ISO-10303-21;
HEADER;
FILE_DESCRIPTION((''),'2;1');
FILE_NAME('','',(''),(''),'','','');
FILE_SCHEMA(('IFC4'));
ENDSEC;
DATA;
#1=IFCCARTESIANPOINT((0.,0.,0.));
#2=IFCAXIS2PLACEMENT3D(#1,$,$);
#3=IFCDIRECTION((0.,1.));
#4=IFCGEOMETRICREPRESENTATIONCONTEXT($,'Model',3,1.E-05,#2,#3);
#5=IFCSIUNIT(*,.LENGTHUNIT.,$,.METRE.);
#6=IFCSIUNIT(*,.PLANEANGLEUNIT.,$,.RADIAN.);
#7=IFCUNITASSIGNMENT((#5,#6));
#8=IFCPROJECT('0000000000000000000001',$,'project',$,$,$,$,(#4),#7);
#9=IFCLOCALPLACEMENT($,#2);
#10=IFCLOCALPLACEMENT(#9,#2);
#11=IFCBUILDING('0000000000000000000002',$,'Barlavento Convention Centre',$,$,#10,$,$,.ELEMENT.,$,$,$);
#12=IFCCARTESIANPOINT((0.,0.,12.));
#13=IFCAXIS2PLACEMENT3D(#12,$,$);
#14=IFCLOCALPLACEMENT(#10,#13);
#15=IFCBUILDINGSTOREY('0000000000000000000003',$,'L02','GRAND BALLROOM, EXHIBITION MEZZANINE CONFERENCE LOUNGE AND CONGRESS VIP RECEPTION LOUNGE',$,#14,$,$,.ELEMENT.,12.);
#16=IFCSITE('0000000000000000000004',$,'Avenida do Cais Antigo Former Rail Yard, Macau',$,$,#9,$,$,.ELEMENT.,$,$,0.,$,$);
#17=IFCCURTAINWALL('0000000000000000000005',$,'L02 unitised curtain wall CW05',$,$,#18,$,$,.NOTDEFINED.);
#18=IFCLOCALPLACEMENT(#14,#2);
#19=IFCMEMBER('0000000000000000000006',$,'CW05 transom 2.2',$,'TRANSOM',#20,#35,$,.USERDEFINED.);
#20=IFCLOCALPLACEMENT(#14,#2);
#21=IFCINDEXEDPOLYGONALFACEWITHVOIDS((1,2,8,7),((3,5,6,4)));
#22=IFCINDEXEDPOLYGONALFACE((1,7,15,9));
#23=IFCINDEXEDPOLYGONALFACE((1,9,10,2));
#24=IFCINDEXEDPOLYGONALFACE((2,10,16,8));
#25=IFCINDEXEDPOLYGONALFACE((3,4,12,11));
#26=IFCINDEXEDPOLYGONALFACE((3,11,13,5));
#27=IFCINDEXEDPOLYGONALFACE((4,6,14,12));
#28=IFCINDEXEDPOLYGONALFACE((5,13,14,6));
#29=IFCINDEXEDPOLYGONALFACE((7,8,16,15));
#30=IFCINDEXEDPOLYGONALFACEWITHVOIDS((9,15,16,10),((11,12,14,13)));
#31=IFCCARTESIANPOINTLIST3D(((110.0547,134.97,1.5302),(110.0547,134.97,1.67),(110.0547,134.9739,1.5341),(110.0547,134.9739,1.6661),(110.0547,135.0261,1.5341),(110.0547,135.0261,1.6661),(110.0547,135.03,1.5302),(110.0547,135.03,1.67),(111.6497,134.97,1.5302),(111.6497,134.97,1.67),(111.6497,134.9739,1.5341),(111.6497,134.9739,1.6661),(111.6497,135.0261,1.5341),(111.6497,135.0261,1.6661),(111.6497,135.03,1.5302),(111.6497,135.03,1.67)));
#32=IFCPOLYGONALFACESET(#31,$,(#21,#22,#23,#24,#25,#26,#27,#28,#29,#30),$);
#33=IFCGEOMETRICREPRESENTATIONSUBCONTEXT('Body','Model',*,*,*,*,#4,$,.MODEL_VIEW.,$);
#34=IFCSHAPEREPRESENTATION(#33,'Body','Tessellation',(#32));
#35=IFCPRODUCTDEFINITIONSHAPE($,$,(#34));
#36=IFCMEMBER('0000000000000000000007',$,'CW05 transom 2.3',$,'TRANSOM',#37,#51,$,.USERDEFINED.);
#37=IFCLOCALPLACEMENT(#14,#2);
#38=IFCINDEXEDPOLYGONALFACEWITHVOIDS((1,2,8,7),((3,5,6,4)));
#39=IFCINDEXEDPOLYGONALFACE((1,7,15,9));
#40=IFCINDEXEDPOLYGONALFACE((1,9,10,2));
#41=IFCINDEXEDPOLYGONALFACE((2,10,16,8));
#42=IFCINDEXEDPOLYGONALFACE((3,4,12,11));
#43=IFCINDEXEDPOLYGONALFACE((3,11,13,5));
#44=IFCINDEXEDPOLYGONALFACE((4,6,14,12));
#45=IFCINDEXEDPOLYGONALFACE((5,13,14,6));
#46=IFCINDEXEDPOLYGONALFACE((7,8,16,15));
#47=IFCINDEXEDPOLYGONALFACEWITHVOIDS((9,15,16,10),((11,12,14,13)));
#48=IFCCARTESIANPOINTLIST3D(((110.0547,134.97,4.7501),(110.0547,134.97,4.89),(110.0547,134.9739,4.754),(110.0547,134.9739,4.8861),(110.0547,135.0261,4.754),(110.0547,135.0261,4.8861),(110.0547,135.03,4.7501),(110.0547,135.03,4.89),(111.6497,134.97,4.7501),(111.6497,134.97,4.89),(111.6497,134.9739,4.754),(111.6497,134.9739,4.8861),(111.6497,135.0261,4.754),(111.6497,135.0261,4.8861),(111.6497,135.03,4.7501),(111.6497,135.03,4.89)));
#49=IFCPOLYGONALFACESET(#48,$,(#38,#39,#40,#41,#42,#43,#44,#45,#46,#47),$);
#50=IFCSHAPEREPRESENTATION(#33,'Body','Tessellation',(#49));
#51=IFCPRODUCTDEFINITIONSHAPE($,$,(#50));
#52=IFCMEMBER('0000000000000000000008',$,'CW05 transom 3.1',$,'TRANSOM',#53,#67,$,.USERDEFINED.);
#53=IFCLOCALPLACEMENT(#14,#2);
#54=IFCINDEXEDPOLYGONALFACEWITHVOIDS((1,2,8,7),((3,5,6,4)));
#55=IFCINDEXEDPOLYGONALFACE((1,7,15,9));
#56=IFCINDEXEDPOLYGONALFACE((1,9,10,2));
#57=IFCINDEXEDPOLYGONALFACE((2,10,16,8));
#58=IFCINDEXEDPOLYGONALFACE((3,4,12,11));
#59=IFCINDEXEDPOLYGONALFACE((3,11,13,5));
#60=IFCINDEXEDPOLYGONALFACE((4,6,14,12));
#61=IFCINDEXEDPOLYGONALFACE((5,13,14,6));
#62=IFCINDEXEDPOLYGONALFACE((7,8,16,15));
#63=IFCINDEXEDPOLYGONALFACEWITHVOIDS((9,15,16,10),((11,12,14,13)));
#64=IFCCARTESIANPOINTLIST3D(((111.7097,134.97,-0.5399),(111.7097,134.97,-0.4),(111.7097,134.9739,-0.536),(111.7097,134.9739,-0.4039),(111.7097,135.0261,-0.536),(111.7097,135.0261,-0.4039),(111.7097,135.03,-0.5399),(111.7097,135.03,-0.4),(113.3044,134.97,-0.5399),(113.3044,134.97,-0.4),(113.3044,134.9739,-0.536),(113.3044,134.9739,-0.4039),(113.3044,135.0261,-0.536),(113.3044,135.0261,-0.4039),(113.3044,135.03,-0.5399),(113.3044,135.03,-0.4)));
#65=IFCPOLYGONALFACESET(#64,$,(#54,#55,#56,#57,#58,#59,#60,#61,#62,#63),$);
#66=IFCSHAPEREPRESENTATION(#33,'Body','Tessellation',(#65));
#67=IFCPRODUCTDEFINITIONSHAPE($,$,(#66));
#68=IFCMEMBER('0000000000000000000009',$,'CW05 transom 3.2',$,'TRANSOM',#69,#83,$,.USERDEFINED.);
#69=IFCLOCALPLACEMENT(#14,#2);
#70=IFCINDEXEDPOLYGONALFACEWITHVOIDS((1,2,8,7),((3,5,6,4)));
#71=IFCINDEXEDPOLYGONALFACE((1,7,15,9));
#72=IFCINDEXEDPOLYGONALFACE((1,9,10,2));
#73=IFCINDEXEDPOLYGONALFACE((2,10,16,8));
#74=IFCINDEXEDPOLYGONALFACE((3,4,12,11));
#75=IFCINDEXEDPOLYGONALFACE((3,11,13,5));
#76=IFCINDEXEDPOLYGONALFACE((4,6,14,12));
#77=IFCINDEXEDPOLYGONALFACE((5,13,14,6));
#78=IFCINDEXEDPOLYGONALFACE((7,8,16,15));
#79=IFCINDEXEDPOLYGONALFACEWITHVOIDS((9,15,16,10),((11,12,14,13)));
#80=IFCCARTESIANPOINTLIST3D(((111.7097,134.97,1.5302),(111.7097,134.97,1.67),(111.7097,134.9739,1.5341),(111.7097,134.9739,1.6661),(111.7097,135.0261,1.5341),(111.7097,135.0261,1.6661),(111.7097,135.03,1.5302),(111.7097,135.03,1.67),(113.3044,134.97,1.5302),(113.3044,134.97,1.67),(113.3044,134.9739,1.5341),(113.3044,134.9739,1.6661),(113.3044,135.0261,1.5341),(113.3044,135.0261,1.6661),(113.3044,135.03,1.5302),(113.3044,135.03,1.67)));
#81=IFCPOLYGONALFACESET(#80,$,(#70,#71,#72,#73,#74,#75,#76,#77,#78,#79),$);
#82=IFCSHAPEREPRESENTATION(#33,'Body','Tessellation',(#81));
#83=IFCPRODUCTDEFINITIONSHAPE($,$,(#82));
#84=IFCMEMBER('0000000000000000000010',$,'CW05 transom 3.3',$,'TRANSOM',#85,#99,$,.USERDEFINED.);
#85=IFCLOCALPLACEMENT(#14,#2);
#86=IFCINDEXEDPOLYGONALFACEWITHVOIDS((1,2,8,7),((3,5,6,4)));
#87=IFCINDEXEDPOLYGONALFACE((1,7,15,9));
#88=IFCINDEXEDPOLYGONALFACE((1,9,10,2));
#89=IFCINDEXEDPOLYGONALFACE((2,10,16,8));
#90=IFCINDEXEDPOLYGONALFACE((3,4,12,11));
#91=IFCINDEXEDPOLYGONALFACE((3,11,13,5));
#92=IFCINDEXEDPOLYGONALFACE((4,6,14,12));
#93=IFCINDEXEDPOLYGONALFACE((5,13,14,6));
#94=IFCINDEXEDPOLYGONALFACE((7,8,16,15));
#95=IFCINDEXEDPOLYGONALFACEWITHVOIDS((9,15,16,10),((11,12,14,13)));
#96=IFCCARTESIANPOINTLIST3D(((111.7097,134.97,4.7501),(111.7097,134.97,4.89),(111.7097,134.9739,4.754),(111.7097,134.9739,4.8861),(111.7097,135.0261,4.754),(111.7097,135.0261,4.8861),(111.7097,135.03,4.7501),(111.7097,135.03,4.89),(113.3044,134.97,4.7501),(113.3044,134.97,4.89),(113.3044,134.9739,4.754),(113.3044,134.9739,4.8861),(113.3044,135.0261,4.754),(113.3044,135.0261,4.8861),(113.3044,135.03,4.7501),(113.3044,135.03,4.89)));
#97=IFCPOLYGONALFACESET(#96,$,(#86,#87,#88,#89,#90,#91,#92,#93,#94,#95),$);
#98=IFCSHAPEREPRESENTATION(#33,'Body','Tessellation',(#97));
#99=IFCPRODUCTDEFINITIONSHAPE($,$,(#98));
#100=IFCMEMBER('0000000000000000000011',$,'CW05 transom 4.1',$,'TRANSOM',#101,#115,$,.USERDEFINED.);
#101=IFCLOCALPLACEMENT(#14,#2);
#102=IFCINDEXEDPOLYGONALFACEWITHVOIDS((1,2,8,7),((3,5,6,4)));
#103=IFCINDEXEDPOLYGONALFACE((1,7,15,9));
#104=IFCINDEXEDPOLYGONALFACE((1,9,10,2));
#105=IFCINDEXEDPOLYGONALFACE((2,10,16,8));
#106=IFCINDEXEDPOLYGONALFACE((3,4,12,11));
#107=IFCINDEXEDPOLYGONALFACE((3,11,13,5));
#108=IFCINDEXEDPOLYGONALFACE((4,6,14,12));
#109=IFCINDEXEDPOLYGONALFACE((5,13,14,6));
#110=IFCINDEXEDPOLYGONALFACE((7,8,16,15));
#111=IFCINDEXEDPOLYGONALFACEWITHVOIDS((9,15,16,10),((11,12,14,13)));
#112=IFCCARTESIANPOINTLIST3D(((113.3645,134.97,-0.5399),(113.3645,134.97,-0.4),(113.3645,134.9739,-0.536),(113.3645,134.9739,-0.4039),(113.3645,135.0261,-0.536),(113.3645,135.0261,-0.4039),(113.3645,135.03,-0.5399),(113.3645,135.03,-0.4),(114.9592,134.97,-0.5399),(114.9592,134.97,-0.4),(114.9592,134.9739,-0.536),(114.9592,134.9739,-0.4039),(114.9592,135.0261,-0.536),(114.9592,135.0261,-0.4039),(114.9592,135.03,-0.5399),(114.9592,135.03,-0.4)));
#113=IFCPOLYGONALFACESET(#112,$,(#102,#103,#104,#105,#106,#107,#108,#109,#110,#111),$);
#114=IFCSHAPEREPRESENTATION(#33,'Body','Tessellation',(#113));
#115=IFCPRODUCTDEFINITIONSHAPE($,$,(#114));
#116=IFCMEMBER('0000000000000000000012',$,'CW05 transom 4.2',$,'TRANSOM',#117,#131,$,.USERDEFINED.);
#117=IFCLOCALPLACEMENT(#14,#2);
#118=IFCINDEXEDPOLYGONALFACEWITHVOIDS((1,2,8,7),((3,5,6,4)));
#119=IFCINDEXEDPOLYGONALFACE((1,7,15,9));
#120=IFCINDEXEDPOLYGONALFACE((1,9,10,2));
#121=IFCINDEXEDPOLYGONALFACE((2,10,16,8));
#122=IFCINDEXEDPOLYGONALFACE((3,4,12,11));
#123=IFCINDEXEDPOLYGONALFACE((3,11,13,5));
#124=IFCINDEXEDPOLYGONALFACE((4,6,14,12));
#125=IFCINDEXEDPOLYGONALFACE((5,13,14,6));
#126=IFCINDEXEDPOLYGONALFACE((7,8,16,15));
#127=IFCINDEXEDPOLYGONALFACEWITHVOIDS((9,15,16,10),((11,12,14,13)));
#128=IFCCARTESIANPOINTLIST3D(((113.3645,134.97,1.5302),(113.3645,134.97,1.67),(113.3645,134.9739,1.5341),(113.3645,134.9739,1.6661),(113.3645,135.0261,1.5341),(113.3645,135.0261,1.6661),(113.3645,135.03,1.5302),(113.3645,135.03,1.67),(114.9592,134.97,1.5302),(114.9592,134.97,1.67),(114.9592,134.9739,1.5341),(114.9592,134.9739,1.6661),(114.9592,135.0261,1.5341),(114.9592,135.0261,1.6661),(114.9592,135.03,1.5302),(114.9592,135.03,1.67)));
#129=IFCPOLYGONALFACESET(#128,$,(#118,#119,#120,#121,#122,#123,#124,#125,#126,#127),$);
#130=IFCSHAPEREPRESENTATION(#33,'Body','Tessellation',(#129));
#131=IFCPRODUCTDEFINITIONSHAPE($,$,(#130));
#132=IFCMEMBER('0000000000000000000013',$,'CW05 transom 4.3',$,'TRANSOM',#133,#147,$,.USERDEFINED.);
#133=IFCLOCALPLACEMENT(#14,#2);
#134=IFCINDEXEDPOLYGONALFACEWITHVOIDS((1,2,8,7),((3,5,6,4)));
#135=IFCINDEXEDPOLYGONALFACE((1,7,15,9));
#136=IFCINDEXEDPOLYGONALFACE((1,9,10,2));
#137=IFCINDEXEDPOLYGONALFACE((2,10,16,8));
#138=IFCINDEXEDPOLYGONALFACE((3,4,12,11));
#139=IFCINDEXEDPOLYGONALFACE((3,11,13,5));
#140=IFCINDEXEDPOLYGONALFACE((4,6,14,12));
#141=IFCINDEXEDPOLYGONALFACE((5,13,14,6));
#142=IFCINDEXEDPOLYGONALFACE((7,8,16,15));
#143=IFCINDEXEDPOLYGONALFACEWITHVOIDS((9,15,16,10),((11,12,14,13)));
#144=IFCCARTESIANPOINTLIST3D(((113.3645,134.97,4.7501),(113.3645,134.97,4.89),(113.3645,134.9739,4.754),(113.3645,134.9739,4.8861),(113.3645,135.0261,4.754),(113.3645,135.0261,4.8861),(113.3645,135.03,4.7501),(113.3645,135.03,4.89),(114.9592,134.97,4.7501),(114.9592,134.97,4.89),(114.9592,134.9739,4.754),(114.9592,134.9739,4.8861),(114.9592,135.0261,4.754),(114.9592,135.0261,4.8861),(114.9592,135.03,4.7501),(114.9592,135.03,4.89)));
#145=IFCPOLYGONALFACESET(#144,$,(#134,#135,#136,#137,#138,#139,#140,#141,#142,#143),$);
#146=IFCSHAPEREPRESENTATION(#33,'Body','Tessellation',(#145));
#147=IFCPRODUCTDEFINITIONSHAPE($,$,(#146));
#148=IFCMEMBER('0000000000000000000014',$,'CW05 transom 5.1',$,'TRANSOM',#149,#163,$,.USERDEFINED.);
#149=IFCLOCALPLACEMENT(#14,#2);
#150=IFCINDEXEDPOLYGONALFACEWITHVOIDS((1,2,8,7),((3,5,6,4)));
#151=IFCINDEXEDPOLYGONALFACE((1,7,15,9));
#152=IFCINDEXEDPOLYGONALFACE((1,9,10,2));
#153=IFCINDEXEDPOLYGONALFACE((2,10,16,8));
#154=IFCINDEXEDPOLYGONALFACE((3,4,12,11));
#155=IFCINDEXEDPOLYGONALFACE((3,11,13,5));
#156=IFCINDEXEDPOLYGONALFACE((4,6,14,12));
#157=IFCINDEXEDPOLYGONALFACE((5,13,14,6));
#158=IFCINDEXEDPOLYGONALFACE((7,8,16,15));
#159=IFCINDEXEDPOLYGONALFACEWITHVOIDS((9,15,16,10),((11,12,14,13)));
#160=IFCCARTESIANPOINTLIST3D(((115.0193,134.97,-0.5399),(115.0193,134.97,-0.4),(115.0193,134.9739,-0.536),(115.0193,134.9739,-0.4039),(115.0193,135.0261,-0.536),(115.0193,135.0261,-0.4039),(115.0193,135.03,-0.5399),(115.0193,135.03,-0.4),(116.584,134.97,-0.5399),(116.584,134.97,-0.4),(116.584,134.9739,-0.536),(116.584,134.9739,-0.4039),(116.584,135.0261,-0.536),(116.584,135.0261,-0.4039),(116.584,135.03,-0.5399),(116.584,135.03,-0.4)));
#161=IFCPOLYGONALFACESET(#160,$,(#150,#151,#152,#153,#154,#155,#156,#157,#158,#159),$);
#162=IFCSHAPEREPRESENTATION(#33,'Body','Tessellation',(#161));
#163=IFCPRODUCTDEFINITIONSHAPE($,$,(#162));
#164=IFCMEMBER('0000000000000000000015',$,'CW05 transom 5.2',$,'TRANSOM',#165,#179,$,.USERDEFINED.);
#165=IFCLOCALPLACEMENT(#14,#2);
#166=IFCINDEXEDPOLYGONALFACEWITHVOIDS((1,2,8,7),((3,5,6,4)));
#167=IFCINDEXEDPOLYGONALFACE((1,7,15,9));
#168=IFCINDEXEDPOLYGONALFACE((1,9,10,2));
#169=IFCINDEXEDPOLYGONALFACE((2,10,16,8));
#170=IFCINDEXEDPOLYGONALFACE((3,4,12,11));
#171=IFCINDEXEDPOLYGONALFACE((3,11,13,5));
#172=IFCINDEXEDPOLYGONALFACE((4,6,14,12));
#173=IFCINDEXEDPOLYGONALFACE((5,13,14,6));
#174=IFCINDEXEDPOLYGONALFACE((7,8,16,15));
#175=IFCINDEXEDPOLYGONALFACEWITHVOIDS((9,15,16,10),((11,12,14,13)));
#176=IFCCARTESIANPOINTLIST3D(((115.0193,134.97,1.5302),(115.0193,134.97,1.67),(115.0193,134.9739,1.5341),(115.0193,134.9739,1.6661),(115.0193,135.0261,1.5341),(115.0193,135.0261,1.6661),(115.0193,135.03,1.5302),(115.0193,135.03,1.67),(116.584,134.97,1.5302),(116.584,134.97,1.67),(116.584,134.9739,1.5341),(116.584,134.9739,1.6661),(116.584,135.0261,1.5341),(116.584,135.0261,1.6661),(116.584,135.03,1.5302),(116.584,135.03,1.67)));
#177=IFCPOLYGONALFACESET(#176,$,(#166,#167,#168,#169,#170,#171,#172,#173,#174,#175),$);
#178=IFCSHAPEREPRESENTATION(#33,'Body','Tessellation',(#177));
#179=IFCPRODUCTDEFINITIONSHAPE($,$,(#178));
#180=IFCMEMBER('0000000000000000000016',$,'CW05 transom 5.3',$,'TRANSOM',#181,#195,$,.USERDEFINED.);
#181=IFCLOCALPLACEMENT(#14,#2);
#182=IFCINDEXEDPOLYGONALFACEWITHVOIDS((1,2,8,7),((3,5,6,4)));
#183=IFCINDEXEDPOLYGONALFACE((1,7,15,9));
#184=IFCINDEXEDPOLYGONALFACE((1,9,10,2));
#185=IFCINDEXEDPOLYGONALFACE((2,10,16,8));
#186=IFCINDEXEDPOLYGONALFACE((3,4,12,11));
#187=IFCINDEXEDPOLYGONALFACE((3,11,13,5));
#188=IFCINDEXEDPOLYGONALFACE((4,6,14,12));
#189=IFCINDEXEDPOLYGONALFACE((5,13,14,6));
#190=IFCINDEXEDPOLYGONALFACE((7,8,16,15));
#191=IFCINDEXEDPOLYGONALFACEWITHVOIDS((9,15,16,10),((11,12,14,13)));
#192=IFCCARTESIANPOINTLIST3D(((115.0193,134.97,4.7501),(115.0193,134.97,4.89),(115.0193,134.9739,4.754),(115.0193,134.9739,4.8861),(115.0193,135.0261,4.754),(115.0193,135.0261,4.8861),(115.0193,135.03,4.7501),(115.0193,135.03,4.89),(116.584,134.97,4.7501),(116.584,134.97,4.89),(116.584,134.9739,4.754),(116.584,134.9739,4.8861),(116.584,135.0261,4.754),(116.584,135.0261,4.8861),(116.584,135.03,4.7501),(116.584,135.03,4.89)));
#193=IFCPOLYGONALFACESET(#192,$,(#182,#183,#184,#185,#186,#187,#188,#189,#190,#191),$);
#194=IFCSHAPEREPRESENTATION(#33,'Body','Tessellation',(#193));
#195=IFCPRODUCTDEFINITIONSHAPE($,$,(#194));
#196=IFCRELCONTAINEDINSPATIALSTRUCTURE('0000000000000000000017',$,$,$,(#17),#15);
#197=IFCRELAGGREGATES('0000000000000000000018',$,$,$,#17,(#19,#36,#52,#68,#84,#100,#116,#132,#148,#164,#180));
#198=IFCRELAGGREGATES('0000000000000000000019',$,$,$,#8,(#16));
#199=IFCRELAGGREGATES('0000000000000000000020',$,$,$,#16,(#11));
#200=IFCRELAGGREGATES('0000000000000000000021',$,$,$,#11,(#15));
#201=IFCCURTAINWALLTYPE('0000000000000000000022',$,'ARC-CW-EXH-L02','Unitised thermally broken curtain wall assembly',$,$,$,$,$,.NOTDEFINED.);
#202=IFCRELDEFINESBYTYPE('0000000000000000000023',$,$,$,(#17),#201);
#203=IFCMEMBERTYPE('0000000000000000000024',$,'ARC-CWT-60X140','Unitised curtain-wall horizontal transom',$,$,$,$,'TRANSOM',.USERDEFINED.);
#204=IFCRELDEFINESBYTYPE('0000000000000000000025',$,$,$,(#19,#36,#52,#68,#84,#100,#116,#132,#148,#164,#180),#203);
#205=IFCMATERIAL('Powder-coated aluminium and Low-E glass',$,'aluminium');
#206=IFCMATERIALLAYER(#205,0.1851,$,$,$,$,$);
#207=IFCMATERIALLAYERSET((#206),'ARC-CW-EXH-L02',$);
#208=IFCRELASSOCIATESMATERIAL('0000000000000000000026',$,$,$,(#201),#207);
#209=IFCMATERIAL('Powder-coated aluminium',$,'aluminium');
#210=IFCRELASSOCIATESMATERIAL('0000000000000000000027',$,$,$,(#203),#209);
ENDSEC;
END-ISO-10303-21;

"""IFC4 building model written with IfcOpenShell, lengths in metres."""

from ifc_helpers import new_model, si_unit, direction, frame, origin, origin_2d, place, context, subcontext, project, spatial, hollow_rectangle, extrude, material, layer, layer_set, material_profile, profile_set, type_object, element, aggregate, save


model = new_model("IFC4")

# Units and contexts
model_context = context("Model", 3, precision=1e-05, world=origin(), true_north=direction((0.0, 1.0)))
body_context = subcontext(model_context, "Body", "Model", "MODEL_VIEW")
ifc_project = project(units=[si_unit("LENGTHUNIT", "METRE"), si_unit("PLANEANGLEUNIT", "RADIAN")], contexts=[model_context])

# Site, building, storey
site_placement = place(None, origin())
site = spatial("IfcSite", under=ifc_project, at=site_placement, Name="Avenida do Cais Antigo Former Rail Yard, Macau", CompositionType="ELEMENT", RefElevation=0.0)
building_placement = place(site_placement, origin())
building = spatial("IfcBuilding", under=site, at=building_placement, Name="Barlavento Convention Centre", CompositionType="ELEMENT")
storey_placement = place(building_placement, frame((0.0, 0.0, 12.0)))
storey = spatial("IfcBuildingStorey", under=building, at=storey_placement, Name="L02", Description="GRAND BALLROOM, EXHIBITION MEZZANINE CONFERENCE LOUNGE AND CONGRESS VIP RECEPTION LOUNGE", CompositionType="ELEMENT", Elevation=12.0)

# Curtain wall, members
ifc_material_1 = material(Name="Powder-coated aluminium and Low-E glass", Category="aluminium")
ifc_layer_1 = layer(ifc_material_1, 0.1851)
ifc_layer_set_1 = layer_set([ifc_layer_1], Name="ARC-CW-EXH-L02")
curtain_wall_type = type_object("IfcCurtainWallType", Name="ARC-CW-EXH-L02", Description="Unitised thermally broken curtain wall assembly", PredefinedType="NOTDEFINED", material=ifc_layer_set_1)
curtain_wall_placement = place(storey_placement, origin())
curtain_wall = element("IfcCurtainWall", 1, at=curtain_wall_placement, inside=storey, type_object=curtain_wall_type, Name="L02 unitised curtain wall CW05", PredefinedType="NOTDEFINED")
ifc_material_2 = material(Name="Powder-coated aluminium", Category="aluminium")
ifc_material_profile_1 = material_profile(ifc_material_2, hollow_rectangle(XDim=0.0601, YDim=0.1399, WallThickness=0.0039, at=origin_2d()), Name="AL-TRAN 60x140x4")
ifc_profile_set_1 = profile_set([ifc_material_profile_1], Name="Powder-coated aluminium")
member_type_1 = type_object("IfcMemberType", Name="ARC-CWT-60X140", Description="Unitised curtain-wall horizontal transom", ElementType="TRANSOM", PredefinedType="USERDEFINED", material=ifc_profile_set_1)
member_1_placement = place(storey_placement, frame((110.0547, 135.0, 1.6001), z_axis=(1.0, 0.0, 0.0), x_axis=(0.0, 1.0, 0.0)))
member_1 = element("IfcMember", 2, at=member_1_placement, type_object=member_type_1, Name="CW05 transom 2.2", ObjectType="TRANSOM", PredefinedType="USERDEFINED", context=body_context, shape_type="SweptSolid", body=[
    extrude(hollow_rectangle(XDim=0.0601, YDim=0.1399, WallThickness=0.0039, at=origin_2d()), origin(), (0.0, 0.0, 1.0), 1.595),
])
member_2_placement = place(storey_placement, frame((110.0547, 135.0, 4.8201), z_axis=(1.0, 0.0, 0.0), x_axis=(0.0, 1.0, 0.0)))
member_2 = element("IfcMember", 3, at=member_2_placement, type_object=member_type_1, Name="CW05 transom 2.3", ObjectType="TRANSOM", PredefinedType="USERDEFINED", context=body_context, shape_type="SweptSolid", body=[
    extrude(hollow_rectangle(XDim=0.0601, YDim=0.1399, WallThickness=0.0039, at=origin_2d()), origin(), (0.0, 0.0, 1.0), 1.595),
])
member_3_placement = place(storey_placement, frame((111.7097, 135.0, -0.47), z_axis=(1.0, 0.0, 0.0), x_axis=(0.0, 1.0, 0.0)))
member_3 = element("IfcMember", 4, at=member_3_placement, type_object=member_type_1, Name="CW05 transom 3.1", ObjectType="TRANSOM", PredefinedType="USERDEFINED", context=body_context, shape_type="SweptSolid", body=[
    extrude(hollow_rectangle(XDim=0.0601, YDim=0.1399, WallThickness=0.0039, at=origin_2d()), origin(), (0.0, 0.0, 1.0), 1.5947),
])
member_4_placement = place(storey_placement, frame((111.7097, 135.0, 1.6001), z_axis=(1.0, 0.0, 0.0), x_axis=(0.0, 1.0, 0.0)))
member_4 = element("IfcMember", 5, at=member_4_placement, type_object=member_type_1, Name="CW05 transom 3.2", ObjectType="TRANSOM", PredefinedType="USERDEFINED", context=body_context, shape_type="SweptSolid", body=[
    extrude(hollow_rectangle(XDim=0.0601, YDim=0.1399, WallThickness=0.0039, at=origin_2d()), origin(), (0.0, 0.0, 1.0), 1.5947),
])
member_5_placement = place(storey_placement, frame((111.7097, 135.0, 4.8201), z_axis=(1.0, 0.0, 0.0), x_axis=(0.0, 1.0, 0.0)))
member_5 = element("IfcMember", 6, at=member_5_placement, type_object=member_type_1, Name="CW05 transom 3.3", ObjectType="TRANSOM", PredefinedType="USERDEFINED", context=body_context, shape_type="SweptSolid", body=[
    extrude(hollow_rectangle(XDim=0.0601, YDim=0.1399, WallThickness=0.0039, at=origin_2d()), origin(), (0.0, 0.0, 1.0), 1.5947),
])
member_6_placement = place(storey_placement, frame((113.3645, 135.0, -0.47), z_axis=(1.0, 0.0, 0.0), x_axis=(0.0, 1.0, 0.0)))
member_6 = element("IfcMember", 7, at=member_6_placement, type_object=member_type_1, Name="CW05 transom 4.1", ObjectType="TRANSOM", PredefinedType="USERDEFINED", context=body_context, shape_type="SweptSolid", body=[
    extrude(hollow_rectangle(XDim=0.0601, YDim=0.1399, WallThickness=0.0039, at=origin_2d()), origin(), (0.0, 0.0, 1.0), 1.5947),
])
member_7_placement = place(storey_placement, frame((113.3645, 135.0, 1.6001), z_axis=(1.0, 0.0, 0.0), x_axis=(0.0, 1.0, 0.0)))
member_7 = element("IfcMember", 8, at=member_7_placement, type_object=member_type_1, Name="CW05 transom 4.2", ObjectType="TRANSOM", PredefinedType="USERDEFINED", context=body_context, shape_type="SweptSolid", body=[
    extrude(hollow_rectangle(XDim=0.0601, YDim=0.1399, WallThickness=0.0039, at=origin_2d()), origin(), (0.0, 0.0, 1.0), 1.5947),
])
member_8_placement = place(storey_placement, frame((113.3645, 135.0, 4.8201), z_axis=(1.0, 0.0, 0.0), x_axis=(0.0, 1.0, 0.0)))
member_8 = element("IfcMember", 9, at=member_8_placement, type_object=member_type_1, Name="CW05 transom 4.3", ObjectType="TRANSOM", PredefinedType="USERDEFINED", context=body_context, shape_type="SweptSolid", body=[
    extrude(hollow_rectangle(XDim=0.0601, YDim=0.1399, WallThickness=0.0039, at=origin_2d()), origin(), (0.0, 0.0, 1.0), 1.5947),
])
member_9_placement = place(storey_placement, frame((115.0193, 135.0, -0.47), z_axis=(1.0, 0.0, 0.0), x_axis=(0.0, 1.0, 0.0)))
member_9 = element("IfcMember", 10, at=member_9_placement, type_object=member_type_1, Name="CW05 transom 5.1", ObjectType="TRANSOM", PredefinedType="USERDEFINED", context=body_context, shape_type="SweptSolid", body=[
    extrude(hollow_rectangle(XDim=0.0601, YDim=0.1399, WallThickness=0.0039, at=origin_2d()), origin(), (0.0, 0.0, 1.0), 1.5647),
])
member_10_placement = place(storey_placement, frame((115.0193, 135.0, 1.6001), z_axis=(1.0, 0.0, 0.0), x_axis=(0.0, 1.0, 0.0)))
member_10 = element("IfcMember", 11, at=member_10_placement, type_object=member_type_1, Name="CW05 transom 5.2", ObjectType="TRANSOM", PredefinedType="USERDEFINED", context=body_context, shape_type="SweptSolid", body=[
    extrude(hollow_rectangle(XDim=0.0601, YDim=0.1399, WallThickness=0.0039, at=origin_2d()), origin(), (0.0, 0.0, 1.0), 1.5647),
])
member_11_placement = place(storey_placement, frame((115.0193, 135.0, 4.8201), z_axis=(1.0, 0.0, 0.0), x_axis=(0.0, 1.0, 0.0)))
member_11 = element("IfcMember", 12, at=member_11_placement, type_object=member_type_1, Name="CW05 transom 5.3", ObjectType="TRANSOM", PredefinedType="USERDEFINED", context=body_context, shape_type="SweptSolid", body=[
    extrude(hollow_rectangle(XDim=0.0601, YDim=0.1399, WallThickness=0.0039, at=origin_2d()), origin(), (0.0, 0.0, 1.0), 1.5647),
])

aggregate(curtain_wall, [member_1, member_2, member_3, member_4, member_5, member_6, member_7, member_8, member_9, member_10, member_11])

save(model, "model.ifc")
